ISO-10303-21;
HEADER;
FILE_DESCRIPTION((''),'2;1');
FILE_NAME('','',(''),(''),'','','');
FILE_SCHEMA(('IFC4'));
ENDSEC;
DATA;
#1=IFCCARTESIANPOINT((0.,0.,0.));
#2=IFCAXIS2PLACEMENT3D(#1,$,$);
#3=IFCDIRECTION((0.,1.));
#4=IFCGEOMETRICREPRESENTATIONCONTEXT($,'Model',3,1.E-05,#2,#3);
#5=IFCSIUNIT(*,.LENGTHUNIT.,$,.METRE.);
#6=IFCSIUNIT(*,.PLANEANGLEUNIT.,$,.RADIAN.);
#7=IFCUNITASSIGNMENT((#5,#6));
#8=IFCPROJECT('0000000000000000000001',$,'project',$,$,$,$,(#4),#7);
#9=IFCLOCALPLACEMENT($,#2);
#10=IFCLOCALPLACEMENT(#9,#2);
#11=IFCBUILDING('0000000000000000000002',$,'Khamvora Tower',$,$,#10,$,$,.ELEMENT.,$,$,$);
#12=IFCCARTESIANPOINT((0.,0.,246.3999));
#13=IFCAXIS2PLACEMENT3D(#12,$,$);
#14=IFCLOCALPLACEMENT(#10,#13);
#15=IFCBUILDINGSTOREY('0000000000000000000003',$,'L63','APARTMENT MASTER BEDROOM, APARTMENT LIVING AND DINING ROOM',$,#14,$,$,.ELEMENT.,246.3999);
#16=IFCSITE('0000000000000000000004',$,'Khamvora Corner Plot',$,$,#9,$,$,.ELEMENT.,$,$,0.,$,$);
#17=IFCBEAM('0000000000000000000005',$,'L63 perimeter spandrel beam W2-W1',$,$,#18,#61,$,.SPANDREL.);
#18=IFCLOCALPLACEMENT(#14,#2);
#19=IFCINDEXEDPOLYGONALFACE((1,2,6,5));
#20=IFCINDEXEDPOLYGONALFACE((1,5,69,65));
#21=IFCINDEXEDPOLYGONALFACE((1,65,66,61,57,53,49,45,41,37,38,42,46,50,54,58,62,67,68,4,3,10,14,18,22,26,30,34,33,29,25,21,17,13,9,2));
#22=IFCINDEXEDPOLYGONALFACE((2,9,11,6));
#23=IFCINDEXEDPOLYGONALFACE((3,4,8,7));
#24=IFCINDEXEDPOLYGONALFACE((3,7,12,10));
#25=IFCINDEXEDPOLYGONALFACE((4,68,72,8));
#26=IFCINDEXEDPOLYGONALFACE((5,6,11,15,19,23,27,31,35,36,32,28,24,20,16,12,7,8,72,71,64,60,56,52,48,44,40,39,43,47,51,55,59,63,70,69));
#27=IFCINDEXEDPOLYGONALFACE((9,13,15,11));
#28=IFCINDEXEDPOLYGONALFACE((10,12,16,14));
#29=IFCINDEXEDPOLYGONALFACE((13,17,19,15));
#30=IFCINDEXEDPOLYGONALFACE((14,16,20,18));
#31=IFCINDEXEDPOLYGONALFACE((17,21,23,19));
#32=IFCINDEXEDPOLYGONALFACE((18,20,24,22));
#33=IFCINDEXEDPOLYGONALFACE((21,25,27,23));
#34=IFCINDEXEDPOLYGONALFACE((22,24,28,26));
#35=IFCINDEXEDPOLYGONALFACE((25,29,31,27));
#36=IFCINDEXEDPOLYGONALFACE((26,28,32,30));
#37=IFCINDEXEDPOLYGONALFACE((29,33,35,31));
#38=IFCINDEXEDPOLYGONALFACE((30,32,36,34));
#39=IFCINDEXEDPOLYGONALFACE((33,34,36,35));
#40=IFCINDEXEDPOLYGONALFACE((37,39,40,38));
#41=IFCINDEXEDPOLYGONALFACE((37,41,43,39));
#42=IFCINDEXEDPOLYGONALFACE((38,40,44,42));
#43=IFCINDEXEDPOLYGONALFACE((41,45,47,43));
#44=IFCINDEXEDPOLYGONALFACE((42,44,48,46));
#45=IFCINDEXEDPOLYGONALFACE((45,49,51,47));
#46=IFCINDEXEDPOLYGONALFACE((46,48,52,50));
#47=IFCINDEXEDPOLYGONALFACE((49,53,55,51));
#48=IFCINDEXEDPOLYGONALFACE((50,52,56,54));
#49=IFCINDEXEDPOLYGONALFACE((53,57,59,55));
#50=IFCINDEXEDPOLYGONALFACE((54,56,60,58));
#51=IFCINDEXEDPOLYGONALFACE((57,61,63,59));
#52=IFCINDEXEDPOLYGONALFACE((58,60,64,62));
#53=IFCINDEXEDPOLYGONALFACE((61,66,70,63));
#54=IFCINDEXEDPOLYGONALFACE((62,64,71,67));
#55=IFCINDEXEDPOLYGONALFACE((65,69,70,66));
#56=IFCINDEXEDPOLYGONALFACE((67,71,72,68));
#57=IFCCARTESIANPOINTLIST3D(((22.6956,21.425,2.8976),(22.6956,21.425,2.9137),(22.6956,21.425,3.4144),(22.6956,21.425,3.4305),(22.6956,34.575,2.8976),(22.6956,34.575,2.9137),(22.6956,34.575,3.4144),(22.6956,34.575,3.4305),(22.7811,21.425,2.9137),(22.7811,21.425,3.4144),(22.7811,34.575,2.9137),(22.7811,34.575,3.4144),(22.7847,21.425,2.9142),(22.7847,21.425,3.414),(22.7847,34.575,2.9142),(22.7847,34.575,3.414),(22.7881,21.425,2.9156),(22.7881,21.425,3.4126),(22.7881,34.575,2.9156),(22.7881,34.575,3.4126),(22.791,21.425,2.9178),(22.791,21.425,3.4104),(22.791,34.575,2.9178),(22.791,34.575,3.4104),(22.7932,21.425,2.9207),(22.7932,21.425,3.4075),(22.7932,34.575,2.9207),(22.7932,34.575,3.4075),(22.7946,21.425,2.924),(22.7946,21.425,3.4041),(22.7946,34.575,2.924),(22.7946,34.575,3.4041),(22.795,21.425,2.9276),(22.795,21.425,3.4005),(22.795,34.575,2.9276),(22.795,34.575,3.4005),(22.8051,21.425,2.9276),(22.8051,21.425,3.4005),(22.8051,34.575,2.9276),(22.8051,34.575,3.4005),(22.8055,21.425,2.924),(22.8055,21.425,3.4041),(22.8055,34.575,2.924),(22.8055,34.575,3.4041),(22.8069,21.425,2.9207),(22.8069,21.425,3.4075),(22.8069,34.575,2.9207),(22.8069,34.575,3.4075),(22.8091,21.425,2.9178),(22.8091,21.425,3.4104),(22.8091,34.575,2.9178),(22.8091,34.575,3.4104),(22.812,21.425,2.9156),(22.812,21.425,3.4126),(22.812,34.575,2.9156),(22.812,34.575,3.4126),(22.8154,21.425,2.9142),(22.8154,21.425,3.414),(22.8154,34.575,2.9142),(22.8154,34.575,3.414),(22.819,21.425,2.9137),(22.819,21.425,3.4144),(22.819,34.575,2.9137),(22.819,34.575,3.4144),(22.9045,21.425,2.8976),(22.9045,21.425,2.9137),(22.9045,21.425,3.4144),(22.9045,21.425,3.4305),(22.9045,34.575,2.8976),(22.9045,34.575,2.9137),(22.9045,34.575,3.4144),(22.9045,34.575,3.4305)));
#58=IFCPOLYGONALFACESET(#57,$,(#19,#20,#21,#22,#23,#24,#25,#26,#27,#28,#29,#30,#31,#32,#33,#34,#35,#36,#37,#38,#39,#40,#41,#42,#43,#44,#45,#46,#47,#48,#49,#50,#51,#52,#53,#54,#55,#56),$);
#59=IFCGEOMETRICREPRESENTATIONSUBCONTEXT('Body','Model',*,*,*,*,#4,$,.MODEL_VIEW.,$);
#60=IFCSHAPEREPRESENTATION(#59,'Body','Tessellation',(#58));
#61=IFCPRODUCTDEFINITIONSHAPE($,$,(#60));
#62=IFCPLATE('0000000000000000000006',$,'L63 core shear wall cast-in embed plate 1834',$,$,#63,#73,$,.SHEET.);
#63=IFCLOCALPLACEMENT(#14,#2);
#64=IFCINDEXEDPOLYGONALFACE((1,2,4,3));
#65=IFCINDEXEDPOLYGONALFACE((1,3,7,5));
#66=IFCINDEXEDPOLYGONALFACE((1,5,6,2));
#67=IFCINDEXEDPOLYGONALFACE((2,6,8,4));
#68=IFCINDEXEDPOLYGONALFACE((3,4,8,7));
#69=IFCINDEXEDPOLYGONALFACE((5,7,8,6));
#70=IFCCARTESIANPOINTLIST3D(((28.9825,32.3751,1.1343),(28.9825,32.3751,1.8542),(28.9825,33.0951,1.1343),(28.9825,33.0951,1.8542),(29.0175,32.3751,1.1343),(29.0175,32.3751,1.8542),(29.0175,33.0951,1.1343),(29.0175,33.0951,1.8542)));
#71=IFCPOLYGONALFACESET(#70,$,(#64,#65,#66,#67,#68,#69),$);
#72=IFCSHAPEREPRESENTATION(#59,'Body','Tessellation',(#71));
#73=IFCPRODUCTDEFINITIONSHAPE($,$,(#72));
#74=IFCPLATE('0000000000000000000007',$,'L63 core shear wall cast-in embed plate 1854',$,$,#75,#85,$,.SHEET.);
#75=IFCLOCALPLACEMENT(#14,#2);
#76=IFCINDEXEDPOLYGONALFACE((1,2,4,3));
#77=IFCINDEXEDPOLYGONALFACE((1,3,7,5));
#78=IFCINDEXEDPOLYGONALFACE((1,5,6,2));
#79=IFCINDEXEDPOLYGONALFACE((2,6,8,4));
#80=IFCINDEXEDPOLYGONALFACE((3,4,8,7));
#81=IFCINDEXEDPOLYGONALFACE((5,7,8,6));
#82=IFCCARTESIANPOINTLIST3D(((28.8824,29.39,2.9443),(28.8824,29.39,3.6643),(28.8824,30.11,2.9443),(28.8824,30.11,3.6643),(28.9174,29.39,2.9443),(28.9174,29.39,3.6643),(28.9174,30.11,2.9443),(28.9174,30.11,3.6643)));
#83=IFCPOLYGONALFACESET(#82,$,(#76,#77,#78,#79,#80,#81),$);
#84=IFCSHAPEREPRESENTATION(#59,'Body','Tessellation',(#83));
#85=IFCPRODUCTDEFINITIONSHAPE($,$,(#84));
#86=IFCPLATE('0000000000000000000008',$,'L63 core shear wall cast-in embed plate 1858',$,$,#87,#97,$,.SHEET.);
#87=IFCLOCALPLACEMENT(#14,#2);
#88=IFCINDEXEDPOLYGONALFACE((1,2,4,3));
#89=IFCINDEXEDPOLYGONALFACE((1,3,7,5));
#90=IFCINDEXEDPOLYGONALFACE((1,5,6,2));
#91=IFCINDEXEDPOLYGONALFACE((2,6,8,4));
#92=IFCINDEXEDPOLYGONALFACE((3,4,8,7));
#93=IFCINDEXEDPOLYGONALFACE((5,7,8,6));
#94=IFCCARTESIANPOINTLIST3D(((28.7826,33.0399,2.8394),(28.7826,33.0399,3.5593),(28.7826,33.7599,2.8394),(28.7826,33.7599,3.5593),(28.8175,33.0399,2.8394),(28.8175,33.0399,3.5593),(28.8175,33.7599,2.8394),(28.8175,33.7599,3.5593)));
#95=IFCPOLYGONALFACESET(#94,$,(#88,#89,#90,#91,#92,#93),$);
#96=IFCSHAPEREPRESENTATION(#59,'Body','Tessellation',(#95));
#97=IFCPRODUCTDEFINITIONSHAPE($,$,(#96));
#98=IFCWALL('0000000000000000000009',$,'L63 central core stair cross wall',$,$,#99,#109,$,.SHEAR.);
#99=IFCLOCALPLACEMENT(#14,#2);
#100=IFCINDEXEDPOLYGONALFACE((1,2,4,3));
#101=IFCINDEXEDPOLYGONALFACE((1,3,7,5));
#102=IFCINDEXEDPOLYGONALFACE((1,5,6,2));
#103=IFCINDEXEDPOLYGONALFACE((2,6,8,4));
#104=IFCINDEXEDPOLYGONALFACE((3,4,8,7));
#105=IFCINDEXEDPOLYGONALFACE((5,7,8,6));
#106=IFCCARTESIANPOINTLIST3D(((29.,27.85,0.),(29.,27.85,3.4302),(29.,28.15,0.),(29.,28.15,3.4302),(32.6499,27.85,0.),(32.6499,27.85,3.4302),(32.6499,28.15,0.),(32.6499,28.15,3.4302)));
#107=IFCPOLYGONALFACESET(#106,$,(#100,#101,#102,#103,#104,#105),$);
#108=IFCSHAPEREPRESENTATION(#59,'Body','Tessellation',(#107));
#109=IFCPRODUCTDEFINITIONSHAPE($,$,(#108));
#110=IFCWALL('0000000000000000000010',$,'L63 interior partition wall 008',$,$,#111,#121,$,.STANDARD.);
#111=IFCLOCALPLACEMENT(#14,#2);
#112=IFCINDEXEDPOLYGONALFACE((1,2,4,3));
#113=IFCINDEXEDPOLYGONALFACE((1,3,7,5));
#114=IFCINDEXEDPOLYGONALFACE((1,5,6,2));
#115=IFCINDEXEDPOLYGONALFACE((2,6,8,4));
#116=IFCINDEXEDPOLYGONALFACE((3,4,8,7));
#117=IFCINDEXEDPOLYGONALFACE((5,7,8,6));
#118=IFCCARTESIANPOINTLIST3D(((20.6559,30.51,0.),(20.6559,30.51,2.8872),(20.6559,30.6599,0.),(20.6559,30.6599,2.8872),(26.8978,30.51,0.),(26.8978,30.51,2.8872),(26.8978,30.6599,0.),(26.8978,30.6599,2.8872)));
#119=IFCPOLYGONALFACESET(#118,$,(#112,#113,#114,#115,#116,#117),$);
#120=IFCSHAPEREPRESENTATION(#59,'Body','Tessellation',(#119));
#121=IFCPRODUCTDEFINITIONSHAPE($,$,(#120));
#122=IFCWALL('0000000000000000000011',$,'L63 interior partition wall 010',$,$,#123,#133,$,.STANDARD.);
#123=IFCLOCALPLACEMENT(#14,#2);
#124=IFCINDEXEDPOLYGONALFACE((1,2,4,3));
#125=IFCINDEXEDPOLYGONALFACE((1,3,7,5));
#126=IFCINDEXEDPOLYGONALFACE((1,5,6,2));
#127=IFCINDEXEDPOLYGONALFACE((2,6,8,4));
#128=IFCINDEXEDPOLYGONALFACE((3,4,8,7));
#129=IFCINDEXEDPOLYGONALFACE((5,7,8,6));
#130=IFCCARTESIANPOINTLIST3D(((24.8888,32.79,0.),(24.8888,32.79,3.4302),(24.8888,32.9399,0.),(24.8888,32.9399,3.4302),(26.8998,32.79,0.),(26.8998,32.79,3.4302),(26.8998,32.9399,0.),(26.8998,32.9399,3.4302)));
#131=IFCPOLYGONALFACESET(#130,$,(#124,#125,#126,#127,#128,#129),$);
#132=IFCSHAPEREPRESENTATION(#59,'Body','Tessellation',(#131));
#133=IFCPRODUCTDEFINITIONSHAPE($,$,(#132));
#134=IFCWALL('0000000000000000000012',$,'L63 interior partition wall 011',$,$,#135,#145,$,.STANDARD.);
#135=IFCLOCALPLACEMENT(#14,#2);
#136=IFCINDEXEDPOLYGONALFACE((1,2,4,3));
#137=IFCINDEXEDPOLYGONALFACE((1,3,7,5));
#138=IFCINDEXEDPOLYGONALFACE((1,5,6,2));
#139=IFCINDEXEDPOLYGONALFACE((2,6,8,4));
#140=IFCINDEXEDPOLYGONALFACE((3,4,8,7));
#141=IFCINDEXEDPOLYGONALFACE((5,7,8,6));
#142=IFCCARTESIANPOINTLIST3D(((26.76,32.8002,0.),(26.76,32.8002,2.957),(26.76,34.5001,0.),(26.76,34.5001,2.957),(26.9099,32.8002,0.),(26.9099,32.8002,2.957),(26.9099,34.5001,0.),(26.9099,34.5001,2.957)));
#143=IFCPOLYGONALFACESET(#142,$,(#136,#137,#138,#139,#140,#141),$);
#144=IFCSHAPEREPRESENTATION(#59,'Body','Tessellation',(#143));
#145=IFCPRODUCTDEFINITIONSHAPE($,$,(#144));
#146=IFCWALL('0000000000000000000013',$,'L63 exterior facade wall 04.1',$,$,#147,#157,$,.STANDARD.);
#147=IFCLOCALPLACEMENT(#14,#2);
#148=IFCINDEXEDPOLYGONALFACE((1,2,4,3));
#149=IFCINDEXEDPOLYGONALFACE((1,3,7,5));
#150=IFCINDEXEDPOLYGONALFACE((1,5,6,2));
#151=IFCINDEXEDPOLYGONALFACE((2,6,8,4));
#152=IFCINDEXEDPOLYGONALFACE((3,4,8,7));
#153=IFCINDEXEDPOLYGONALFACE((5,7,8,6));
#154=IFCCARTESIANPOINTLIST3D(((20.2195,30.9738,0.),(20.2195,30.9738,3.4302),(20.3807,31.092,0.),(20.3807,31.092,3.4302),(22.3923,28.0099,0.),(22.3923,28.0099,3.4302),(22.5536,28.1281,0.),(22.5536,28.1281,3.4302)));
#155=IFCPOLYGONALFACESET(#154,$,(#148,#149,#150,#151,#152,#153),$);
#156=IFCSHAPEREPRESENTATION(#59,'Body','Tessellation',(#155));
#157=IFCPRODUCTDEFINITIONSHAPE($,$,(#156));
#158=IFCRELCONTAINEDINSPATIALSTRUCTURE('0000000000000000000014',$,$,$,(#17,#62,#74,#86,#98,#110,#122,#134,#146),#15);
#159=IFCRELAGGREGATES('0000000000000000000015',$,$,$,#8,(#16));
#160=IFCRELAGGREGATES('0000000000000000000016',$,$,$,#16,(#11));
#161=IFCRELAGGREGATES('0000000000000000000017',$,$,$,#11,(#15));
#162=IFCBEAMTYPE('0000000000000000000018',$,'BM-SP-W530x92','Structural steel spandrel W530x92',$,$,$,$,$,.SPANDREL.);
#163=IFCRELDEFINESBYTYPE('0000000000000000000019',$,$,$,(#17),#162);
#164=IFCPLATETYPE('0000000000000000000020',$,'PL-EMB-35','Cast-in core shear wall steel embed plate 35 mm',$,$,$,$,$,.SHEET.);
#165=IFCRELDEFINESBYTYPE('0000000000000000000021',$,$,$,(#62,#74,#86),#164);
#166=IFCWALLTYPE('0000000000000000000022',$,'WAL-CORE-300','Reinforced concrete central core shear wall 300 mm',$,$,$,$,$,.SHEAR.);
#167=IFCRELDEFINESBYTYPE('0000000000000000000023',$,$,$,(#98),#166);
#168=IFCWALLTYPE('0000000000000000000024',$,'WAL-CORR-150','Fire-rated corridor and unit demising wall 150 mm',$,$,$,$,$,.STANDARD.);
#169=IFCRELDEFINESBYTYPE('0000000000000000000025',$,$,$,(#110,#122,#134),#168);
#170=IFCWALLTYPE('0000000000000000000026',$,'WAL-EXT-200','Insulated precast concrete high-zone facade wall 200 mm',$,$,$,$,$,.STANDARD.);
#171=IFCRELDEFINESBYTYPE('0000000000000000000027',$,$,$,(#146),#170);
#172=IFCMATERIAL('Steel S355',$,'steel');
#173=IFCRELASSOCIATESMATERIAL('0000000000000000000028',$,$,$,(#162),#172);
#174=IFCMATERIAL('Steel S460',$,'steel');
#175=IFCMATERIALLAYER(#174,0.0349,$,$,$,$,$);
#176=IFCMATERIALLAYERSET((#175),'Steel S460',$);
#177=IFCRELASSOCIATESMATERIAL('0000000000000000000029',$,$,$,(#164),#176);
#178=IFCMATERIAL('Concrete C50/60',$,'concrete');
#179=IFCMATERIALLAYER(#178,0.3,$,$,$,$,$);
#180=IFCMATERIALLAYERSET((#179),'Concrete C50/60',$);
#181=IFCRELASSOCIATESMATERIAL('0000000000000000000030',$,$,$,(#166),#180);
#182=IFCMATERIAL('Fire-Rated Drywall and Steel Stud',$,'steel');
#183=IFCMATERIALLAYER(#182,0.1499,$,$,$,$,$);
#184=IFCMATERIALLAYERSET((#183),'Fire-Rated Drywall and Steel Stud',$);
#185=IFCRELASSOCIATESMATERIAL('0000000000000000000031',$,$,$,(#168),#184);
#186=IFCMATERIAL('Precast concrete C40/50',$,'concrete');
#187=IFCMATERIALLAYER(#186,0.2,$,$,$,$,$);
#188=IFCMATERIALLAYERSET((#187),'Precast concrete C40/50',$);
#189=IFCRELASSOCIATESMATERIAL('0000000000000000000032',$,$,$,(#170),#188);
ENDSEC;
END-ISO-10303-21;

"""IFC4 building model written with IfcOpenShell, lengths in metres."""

from ifc_helpers import new_model, si_unit, direction, frame, frame_2d, origin, origin_2d, place, context, subcontext, project, spatial, rectangle, i_section, extrude, material, layer, layer_set, material_profile, profile_set, type_object, element, save


model = new_model("IFC4")

# Units and contexts
model_context = context("Model", 3, precision=1e-05, world=origin(), true_north=direction((0.0, 1.0)))
body_context = subcontext(model_context, "Body", "Model", "MODEL_VIEW")
ifc_project = project(units=[si_unit("LENGTHUNIT", "METRE"), si_unit("PLANEANGLEUNIT", "RADIAN")], contexts=[model_context])

# Site, building, storey
site_placement = place(None, origin())
site = spatial("IfcSite", under=ifc_project, at=site_placement, Name="Khamvora Corner Plot", CompositionType="ELEMENT", RefElevation=0.0)
building_placement = place(site_placement, origin())
building = spatial("IfcBuilding", under=site, at=building_placement, Name="Khamvora Tower", CompositionType="ELEMENT")
storey_placement = place(building_placement, frame((0.0, 0.0, 246.3999)))
storey = spatial("IfcBuildingStorey", under=building, at=storey_placement, Name="L63", Description="APARTMENT MASTER BEDROOM, APARTMENT LIVING AND DINING ROOM", CompositionType="ELEMENT", Elevation=246.3999)

# Shared definitions
ifc_material_1 = material(Name="Steel S355", Category="steel")

# Beam
ifc_material_profile_1 = material_profile(ifc_material_1, i_section(OverallWidth=0.209, OverallDepth=0.533, WebThickness=0.01, FlangeThickness=0.0161, FilletRadius=0.0139, at=origin_2d()), Name="W530x92")
ifc_profile_set_1 = profile_set([ifc_material_profile_1], Name="Steel S355")
beam_type_1 = type_object("IfcBeamType", Name="BM-SP-W530x92", Description="Structural steel spandrel W530x92", PredefinedType="SPANDREL", material=ifc_profile_set_1)
beam_1_placement = place(storey_placement, frame((22.8, 34.575, 3.1641), z_axis=(0.0, -1.0, 0.0), x_axis=(1.0, 0.0, 0.0)))
element("IfcBeam", 1, at=beam_1_placement, inside=storey, type_object=beam_type_1, Name="L63 perimeter spandrel beam W2-W1", PredefinedType="SPANDREL", context=body_context, shape_type="SweptSolid", body=[
    extrude(i_section(OverallWidth=0.209, OverallDepth=0.533, WebThickness=0.01, FlangeThickness=0.0161, FilletRadius=0.0139, at=origin_2d()), origin(), (0.0, 0.0, 1.0), 13.1499),
])

# Plates
ifc_material_2 = material(Name="Steel S460", Category="steel")
ifc_layer_1 = layer(ifc_material_2, 0.0349)
ifc_layer_set_1 = layer_set([ifc_layer_1], Name="Steel S460")
plate_type = type_object("IfcPlateType", Name="PL-EMB-35", Description="Cast-in core shear wall steel embed plate 35 mm", PredefinedType="SHEET", material=ifc_layer_set_1)
for number, where, z_axis, x_axis, name in (
    (2, (29.0, 32.7351, 1.1343), (0.0, 0.0, 1.0), (1.0, 0.0, 0.0), "L63 core shear wall cast-in embed plate 1834"),
    (3, (28.8999, 29.75, 2.9443), (0.0, 0.0, 1.0), (1.0, 0.0, 0.0), "L63 core shear wall cast-in embed plate 1854"),
    (4, (28.8, 33.3999, 2.8394), (0.0, 0.0, 1.0), (1.0, 0.0, 0.0), "L63 core shear wall cast-in embed plate 1858"),
):
    element("IfcPlate", number, at=place(storey_placement, frame(where, z_axis=z_axis, x_axis=x_axis)), inside=storey, type_object=plate_type, Name=name, PredefinedType="SHEET", context=body_context, shape_type="SweptSolid", body=[
        extrude(rectangle(XDim=0.0349, YDim=0.72, at=origin_2d()), origin(), (0.0, 0.0, 1.0), 0.72),
    ])

# Walls
ifc_material_3 = material(Name="Concrete C50/60", Category="concrete")
ifc_layer_2 = layer(ifc_material_3, 0.3)
ifc_layer_set_2 = layer_set([ifc_layer_2], Name="Concrete C50/60")
wall_type_1 = type_object("IfcWallType", Name="WAL-CORE-300", Description="Reinforced concrete central core shear wall 300 mm", PredefinedType="SHEAR", material=ifc_layer_set_2)
wall_1_placement = place(storey_placement, frame((29.0, 28.0, 0.0), z_axis=(0.0, 0.0, 1.0), x_axis=(1.0, 0.0, 0.0)))
element("IfcWall", 5, at=wall_1_placement, inside=storey, type_object=wall_type_1, Name="L63 central core stair cross wall", PredefinedType="SHEAR", context=body_context, shape_type="SweptSolid", body=[
    extrude(rectangle(XDim=3.6499, YDim=0.3, at=frame_2d((1.825, 0.0))), origin(), (0.0, 0.0, 1.0), 3.4302),
])
ifc_material_4 = material(Name="Fire-Rated Drywall and Steel Stud", Category="steel")
ifc_layer_3 = layer(ifc_material_4, 0.1499)
ifc_layer_set_3 = layer_set([ifc_layer_3], Name="Fire-Rated Drywall and Steel Stud")
wall_type_2 = type_object("IfcWallType", Name="WAL-CORR-150", Description="Fire-rated corridor and unit demising wall 150 mm", PredefinedType="STANDARD", material=ifc_layer_set_3)
wall_2_placement = place(storey_placement, frame((26.8979, 30.585, 0.0), z_axis=(0.0, 0.0, 1.0), x_axis=(-1.0, 0.0, 0.0)))
element("IfcWall", 6, at=wall_2_placement, inside=storey, type_object=wall_type_2, Name="L63 interior partition wall 008", PredefinedType="STANDARD", context=body_context, shape_type="SweptSolid", body=[
    extrude(rectangle(XDim=6.2419, YDim=0.1499, at=frame_2d((3.1211, 0.0))), origin(), (0.0, 0.0, 1.0), 2.8872),
])

# Walls
wall_3_placement = place(storey_placement, frame((24.8889, 32.865, 0.0), z_axis=(0.0, 0.0, 1.0), x_axis=(1.0, 0.0, 0.0)))
element("IfcWall", 7, at=wall_3_placement, inside=storey, type_object=wall_type_2, Name="L63 interior partition wall 010", PredefinedType="STANDARD", context=body_context, shape_type="SweptSolid", body=[
    extrude(rectangle(XDim=2.011, YDim=0.1499, at=frame_2d((1.0054, 0.0))), origin(), (0.0, 0.0, 1.0), 3.4302),
])
wall_4_placement = place(storey_placement, frame((26.835, 32.8, 0.0), z_axis=(0.0, 0.0, 1.0), x_axis=(0.0, 1.0, 0.0)))
element("IfcWall", 8, at=wall_4_placement, inside=storey, type_object=wall_type_2, Name="L63 interior partition wall 011", PredefinedType="STANDARD", context=body_context, shape_type="SweptSolid", body=[
    extrude(rectangle(XDim=1.7, YDim=0.1499, at=frame_2d((0.8501, 0.0))), origin(), (0.0, 0.0, 1.0), 2.957),
])
ifc_material_5 = material(Name="Precast concrete C40/50", Category="concrete")
ifc_layer_4 = layer(ifc_material_5, 0.2)
ifc_layer_set_4 = layer_set([ifc_layer_4], Name="Precast concrete C40/50")
wall_type_3 = type_object("IfcWallType", Name="WAL-EXT-200", Description="Insulated precast concrete high-zone facade wall 200 mm", PredefinedType="STANDARD", material=ifc_layer_set_4)
wall_5_placement = place(storey_placement, frame((22.4729, 28.0691, 0.0), z_axis=(0.0, 0.0, 1.0), x_axis=(-0.591248, 0.806489, 0.0)))
element("IfcWall", 9, at=wall_5_placement, inside=storey, type_object=wall_type_3, Name="L63 exterior facade wall 04.1", PredefinedType="STANDARD", context=body_context, shape_type="SweptSolid", body=[
    extrude(rectangle(XDim=3.675, YDim=0.2, at=frame_2d((1.8374, 0.0))), origin(), (0.0, 0.0, 1.0), 3.4302),
])

save(model, "model.ifc")
